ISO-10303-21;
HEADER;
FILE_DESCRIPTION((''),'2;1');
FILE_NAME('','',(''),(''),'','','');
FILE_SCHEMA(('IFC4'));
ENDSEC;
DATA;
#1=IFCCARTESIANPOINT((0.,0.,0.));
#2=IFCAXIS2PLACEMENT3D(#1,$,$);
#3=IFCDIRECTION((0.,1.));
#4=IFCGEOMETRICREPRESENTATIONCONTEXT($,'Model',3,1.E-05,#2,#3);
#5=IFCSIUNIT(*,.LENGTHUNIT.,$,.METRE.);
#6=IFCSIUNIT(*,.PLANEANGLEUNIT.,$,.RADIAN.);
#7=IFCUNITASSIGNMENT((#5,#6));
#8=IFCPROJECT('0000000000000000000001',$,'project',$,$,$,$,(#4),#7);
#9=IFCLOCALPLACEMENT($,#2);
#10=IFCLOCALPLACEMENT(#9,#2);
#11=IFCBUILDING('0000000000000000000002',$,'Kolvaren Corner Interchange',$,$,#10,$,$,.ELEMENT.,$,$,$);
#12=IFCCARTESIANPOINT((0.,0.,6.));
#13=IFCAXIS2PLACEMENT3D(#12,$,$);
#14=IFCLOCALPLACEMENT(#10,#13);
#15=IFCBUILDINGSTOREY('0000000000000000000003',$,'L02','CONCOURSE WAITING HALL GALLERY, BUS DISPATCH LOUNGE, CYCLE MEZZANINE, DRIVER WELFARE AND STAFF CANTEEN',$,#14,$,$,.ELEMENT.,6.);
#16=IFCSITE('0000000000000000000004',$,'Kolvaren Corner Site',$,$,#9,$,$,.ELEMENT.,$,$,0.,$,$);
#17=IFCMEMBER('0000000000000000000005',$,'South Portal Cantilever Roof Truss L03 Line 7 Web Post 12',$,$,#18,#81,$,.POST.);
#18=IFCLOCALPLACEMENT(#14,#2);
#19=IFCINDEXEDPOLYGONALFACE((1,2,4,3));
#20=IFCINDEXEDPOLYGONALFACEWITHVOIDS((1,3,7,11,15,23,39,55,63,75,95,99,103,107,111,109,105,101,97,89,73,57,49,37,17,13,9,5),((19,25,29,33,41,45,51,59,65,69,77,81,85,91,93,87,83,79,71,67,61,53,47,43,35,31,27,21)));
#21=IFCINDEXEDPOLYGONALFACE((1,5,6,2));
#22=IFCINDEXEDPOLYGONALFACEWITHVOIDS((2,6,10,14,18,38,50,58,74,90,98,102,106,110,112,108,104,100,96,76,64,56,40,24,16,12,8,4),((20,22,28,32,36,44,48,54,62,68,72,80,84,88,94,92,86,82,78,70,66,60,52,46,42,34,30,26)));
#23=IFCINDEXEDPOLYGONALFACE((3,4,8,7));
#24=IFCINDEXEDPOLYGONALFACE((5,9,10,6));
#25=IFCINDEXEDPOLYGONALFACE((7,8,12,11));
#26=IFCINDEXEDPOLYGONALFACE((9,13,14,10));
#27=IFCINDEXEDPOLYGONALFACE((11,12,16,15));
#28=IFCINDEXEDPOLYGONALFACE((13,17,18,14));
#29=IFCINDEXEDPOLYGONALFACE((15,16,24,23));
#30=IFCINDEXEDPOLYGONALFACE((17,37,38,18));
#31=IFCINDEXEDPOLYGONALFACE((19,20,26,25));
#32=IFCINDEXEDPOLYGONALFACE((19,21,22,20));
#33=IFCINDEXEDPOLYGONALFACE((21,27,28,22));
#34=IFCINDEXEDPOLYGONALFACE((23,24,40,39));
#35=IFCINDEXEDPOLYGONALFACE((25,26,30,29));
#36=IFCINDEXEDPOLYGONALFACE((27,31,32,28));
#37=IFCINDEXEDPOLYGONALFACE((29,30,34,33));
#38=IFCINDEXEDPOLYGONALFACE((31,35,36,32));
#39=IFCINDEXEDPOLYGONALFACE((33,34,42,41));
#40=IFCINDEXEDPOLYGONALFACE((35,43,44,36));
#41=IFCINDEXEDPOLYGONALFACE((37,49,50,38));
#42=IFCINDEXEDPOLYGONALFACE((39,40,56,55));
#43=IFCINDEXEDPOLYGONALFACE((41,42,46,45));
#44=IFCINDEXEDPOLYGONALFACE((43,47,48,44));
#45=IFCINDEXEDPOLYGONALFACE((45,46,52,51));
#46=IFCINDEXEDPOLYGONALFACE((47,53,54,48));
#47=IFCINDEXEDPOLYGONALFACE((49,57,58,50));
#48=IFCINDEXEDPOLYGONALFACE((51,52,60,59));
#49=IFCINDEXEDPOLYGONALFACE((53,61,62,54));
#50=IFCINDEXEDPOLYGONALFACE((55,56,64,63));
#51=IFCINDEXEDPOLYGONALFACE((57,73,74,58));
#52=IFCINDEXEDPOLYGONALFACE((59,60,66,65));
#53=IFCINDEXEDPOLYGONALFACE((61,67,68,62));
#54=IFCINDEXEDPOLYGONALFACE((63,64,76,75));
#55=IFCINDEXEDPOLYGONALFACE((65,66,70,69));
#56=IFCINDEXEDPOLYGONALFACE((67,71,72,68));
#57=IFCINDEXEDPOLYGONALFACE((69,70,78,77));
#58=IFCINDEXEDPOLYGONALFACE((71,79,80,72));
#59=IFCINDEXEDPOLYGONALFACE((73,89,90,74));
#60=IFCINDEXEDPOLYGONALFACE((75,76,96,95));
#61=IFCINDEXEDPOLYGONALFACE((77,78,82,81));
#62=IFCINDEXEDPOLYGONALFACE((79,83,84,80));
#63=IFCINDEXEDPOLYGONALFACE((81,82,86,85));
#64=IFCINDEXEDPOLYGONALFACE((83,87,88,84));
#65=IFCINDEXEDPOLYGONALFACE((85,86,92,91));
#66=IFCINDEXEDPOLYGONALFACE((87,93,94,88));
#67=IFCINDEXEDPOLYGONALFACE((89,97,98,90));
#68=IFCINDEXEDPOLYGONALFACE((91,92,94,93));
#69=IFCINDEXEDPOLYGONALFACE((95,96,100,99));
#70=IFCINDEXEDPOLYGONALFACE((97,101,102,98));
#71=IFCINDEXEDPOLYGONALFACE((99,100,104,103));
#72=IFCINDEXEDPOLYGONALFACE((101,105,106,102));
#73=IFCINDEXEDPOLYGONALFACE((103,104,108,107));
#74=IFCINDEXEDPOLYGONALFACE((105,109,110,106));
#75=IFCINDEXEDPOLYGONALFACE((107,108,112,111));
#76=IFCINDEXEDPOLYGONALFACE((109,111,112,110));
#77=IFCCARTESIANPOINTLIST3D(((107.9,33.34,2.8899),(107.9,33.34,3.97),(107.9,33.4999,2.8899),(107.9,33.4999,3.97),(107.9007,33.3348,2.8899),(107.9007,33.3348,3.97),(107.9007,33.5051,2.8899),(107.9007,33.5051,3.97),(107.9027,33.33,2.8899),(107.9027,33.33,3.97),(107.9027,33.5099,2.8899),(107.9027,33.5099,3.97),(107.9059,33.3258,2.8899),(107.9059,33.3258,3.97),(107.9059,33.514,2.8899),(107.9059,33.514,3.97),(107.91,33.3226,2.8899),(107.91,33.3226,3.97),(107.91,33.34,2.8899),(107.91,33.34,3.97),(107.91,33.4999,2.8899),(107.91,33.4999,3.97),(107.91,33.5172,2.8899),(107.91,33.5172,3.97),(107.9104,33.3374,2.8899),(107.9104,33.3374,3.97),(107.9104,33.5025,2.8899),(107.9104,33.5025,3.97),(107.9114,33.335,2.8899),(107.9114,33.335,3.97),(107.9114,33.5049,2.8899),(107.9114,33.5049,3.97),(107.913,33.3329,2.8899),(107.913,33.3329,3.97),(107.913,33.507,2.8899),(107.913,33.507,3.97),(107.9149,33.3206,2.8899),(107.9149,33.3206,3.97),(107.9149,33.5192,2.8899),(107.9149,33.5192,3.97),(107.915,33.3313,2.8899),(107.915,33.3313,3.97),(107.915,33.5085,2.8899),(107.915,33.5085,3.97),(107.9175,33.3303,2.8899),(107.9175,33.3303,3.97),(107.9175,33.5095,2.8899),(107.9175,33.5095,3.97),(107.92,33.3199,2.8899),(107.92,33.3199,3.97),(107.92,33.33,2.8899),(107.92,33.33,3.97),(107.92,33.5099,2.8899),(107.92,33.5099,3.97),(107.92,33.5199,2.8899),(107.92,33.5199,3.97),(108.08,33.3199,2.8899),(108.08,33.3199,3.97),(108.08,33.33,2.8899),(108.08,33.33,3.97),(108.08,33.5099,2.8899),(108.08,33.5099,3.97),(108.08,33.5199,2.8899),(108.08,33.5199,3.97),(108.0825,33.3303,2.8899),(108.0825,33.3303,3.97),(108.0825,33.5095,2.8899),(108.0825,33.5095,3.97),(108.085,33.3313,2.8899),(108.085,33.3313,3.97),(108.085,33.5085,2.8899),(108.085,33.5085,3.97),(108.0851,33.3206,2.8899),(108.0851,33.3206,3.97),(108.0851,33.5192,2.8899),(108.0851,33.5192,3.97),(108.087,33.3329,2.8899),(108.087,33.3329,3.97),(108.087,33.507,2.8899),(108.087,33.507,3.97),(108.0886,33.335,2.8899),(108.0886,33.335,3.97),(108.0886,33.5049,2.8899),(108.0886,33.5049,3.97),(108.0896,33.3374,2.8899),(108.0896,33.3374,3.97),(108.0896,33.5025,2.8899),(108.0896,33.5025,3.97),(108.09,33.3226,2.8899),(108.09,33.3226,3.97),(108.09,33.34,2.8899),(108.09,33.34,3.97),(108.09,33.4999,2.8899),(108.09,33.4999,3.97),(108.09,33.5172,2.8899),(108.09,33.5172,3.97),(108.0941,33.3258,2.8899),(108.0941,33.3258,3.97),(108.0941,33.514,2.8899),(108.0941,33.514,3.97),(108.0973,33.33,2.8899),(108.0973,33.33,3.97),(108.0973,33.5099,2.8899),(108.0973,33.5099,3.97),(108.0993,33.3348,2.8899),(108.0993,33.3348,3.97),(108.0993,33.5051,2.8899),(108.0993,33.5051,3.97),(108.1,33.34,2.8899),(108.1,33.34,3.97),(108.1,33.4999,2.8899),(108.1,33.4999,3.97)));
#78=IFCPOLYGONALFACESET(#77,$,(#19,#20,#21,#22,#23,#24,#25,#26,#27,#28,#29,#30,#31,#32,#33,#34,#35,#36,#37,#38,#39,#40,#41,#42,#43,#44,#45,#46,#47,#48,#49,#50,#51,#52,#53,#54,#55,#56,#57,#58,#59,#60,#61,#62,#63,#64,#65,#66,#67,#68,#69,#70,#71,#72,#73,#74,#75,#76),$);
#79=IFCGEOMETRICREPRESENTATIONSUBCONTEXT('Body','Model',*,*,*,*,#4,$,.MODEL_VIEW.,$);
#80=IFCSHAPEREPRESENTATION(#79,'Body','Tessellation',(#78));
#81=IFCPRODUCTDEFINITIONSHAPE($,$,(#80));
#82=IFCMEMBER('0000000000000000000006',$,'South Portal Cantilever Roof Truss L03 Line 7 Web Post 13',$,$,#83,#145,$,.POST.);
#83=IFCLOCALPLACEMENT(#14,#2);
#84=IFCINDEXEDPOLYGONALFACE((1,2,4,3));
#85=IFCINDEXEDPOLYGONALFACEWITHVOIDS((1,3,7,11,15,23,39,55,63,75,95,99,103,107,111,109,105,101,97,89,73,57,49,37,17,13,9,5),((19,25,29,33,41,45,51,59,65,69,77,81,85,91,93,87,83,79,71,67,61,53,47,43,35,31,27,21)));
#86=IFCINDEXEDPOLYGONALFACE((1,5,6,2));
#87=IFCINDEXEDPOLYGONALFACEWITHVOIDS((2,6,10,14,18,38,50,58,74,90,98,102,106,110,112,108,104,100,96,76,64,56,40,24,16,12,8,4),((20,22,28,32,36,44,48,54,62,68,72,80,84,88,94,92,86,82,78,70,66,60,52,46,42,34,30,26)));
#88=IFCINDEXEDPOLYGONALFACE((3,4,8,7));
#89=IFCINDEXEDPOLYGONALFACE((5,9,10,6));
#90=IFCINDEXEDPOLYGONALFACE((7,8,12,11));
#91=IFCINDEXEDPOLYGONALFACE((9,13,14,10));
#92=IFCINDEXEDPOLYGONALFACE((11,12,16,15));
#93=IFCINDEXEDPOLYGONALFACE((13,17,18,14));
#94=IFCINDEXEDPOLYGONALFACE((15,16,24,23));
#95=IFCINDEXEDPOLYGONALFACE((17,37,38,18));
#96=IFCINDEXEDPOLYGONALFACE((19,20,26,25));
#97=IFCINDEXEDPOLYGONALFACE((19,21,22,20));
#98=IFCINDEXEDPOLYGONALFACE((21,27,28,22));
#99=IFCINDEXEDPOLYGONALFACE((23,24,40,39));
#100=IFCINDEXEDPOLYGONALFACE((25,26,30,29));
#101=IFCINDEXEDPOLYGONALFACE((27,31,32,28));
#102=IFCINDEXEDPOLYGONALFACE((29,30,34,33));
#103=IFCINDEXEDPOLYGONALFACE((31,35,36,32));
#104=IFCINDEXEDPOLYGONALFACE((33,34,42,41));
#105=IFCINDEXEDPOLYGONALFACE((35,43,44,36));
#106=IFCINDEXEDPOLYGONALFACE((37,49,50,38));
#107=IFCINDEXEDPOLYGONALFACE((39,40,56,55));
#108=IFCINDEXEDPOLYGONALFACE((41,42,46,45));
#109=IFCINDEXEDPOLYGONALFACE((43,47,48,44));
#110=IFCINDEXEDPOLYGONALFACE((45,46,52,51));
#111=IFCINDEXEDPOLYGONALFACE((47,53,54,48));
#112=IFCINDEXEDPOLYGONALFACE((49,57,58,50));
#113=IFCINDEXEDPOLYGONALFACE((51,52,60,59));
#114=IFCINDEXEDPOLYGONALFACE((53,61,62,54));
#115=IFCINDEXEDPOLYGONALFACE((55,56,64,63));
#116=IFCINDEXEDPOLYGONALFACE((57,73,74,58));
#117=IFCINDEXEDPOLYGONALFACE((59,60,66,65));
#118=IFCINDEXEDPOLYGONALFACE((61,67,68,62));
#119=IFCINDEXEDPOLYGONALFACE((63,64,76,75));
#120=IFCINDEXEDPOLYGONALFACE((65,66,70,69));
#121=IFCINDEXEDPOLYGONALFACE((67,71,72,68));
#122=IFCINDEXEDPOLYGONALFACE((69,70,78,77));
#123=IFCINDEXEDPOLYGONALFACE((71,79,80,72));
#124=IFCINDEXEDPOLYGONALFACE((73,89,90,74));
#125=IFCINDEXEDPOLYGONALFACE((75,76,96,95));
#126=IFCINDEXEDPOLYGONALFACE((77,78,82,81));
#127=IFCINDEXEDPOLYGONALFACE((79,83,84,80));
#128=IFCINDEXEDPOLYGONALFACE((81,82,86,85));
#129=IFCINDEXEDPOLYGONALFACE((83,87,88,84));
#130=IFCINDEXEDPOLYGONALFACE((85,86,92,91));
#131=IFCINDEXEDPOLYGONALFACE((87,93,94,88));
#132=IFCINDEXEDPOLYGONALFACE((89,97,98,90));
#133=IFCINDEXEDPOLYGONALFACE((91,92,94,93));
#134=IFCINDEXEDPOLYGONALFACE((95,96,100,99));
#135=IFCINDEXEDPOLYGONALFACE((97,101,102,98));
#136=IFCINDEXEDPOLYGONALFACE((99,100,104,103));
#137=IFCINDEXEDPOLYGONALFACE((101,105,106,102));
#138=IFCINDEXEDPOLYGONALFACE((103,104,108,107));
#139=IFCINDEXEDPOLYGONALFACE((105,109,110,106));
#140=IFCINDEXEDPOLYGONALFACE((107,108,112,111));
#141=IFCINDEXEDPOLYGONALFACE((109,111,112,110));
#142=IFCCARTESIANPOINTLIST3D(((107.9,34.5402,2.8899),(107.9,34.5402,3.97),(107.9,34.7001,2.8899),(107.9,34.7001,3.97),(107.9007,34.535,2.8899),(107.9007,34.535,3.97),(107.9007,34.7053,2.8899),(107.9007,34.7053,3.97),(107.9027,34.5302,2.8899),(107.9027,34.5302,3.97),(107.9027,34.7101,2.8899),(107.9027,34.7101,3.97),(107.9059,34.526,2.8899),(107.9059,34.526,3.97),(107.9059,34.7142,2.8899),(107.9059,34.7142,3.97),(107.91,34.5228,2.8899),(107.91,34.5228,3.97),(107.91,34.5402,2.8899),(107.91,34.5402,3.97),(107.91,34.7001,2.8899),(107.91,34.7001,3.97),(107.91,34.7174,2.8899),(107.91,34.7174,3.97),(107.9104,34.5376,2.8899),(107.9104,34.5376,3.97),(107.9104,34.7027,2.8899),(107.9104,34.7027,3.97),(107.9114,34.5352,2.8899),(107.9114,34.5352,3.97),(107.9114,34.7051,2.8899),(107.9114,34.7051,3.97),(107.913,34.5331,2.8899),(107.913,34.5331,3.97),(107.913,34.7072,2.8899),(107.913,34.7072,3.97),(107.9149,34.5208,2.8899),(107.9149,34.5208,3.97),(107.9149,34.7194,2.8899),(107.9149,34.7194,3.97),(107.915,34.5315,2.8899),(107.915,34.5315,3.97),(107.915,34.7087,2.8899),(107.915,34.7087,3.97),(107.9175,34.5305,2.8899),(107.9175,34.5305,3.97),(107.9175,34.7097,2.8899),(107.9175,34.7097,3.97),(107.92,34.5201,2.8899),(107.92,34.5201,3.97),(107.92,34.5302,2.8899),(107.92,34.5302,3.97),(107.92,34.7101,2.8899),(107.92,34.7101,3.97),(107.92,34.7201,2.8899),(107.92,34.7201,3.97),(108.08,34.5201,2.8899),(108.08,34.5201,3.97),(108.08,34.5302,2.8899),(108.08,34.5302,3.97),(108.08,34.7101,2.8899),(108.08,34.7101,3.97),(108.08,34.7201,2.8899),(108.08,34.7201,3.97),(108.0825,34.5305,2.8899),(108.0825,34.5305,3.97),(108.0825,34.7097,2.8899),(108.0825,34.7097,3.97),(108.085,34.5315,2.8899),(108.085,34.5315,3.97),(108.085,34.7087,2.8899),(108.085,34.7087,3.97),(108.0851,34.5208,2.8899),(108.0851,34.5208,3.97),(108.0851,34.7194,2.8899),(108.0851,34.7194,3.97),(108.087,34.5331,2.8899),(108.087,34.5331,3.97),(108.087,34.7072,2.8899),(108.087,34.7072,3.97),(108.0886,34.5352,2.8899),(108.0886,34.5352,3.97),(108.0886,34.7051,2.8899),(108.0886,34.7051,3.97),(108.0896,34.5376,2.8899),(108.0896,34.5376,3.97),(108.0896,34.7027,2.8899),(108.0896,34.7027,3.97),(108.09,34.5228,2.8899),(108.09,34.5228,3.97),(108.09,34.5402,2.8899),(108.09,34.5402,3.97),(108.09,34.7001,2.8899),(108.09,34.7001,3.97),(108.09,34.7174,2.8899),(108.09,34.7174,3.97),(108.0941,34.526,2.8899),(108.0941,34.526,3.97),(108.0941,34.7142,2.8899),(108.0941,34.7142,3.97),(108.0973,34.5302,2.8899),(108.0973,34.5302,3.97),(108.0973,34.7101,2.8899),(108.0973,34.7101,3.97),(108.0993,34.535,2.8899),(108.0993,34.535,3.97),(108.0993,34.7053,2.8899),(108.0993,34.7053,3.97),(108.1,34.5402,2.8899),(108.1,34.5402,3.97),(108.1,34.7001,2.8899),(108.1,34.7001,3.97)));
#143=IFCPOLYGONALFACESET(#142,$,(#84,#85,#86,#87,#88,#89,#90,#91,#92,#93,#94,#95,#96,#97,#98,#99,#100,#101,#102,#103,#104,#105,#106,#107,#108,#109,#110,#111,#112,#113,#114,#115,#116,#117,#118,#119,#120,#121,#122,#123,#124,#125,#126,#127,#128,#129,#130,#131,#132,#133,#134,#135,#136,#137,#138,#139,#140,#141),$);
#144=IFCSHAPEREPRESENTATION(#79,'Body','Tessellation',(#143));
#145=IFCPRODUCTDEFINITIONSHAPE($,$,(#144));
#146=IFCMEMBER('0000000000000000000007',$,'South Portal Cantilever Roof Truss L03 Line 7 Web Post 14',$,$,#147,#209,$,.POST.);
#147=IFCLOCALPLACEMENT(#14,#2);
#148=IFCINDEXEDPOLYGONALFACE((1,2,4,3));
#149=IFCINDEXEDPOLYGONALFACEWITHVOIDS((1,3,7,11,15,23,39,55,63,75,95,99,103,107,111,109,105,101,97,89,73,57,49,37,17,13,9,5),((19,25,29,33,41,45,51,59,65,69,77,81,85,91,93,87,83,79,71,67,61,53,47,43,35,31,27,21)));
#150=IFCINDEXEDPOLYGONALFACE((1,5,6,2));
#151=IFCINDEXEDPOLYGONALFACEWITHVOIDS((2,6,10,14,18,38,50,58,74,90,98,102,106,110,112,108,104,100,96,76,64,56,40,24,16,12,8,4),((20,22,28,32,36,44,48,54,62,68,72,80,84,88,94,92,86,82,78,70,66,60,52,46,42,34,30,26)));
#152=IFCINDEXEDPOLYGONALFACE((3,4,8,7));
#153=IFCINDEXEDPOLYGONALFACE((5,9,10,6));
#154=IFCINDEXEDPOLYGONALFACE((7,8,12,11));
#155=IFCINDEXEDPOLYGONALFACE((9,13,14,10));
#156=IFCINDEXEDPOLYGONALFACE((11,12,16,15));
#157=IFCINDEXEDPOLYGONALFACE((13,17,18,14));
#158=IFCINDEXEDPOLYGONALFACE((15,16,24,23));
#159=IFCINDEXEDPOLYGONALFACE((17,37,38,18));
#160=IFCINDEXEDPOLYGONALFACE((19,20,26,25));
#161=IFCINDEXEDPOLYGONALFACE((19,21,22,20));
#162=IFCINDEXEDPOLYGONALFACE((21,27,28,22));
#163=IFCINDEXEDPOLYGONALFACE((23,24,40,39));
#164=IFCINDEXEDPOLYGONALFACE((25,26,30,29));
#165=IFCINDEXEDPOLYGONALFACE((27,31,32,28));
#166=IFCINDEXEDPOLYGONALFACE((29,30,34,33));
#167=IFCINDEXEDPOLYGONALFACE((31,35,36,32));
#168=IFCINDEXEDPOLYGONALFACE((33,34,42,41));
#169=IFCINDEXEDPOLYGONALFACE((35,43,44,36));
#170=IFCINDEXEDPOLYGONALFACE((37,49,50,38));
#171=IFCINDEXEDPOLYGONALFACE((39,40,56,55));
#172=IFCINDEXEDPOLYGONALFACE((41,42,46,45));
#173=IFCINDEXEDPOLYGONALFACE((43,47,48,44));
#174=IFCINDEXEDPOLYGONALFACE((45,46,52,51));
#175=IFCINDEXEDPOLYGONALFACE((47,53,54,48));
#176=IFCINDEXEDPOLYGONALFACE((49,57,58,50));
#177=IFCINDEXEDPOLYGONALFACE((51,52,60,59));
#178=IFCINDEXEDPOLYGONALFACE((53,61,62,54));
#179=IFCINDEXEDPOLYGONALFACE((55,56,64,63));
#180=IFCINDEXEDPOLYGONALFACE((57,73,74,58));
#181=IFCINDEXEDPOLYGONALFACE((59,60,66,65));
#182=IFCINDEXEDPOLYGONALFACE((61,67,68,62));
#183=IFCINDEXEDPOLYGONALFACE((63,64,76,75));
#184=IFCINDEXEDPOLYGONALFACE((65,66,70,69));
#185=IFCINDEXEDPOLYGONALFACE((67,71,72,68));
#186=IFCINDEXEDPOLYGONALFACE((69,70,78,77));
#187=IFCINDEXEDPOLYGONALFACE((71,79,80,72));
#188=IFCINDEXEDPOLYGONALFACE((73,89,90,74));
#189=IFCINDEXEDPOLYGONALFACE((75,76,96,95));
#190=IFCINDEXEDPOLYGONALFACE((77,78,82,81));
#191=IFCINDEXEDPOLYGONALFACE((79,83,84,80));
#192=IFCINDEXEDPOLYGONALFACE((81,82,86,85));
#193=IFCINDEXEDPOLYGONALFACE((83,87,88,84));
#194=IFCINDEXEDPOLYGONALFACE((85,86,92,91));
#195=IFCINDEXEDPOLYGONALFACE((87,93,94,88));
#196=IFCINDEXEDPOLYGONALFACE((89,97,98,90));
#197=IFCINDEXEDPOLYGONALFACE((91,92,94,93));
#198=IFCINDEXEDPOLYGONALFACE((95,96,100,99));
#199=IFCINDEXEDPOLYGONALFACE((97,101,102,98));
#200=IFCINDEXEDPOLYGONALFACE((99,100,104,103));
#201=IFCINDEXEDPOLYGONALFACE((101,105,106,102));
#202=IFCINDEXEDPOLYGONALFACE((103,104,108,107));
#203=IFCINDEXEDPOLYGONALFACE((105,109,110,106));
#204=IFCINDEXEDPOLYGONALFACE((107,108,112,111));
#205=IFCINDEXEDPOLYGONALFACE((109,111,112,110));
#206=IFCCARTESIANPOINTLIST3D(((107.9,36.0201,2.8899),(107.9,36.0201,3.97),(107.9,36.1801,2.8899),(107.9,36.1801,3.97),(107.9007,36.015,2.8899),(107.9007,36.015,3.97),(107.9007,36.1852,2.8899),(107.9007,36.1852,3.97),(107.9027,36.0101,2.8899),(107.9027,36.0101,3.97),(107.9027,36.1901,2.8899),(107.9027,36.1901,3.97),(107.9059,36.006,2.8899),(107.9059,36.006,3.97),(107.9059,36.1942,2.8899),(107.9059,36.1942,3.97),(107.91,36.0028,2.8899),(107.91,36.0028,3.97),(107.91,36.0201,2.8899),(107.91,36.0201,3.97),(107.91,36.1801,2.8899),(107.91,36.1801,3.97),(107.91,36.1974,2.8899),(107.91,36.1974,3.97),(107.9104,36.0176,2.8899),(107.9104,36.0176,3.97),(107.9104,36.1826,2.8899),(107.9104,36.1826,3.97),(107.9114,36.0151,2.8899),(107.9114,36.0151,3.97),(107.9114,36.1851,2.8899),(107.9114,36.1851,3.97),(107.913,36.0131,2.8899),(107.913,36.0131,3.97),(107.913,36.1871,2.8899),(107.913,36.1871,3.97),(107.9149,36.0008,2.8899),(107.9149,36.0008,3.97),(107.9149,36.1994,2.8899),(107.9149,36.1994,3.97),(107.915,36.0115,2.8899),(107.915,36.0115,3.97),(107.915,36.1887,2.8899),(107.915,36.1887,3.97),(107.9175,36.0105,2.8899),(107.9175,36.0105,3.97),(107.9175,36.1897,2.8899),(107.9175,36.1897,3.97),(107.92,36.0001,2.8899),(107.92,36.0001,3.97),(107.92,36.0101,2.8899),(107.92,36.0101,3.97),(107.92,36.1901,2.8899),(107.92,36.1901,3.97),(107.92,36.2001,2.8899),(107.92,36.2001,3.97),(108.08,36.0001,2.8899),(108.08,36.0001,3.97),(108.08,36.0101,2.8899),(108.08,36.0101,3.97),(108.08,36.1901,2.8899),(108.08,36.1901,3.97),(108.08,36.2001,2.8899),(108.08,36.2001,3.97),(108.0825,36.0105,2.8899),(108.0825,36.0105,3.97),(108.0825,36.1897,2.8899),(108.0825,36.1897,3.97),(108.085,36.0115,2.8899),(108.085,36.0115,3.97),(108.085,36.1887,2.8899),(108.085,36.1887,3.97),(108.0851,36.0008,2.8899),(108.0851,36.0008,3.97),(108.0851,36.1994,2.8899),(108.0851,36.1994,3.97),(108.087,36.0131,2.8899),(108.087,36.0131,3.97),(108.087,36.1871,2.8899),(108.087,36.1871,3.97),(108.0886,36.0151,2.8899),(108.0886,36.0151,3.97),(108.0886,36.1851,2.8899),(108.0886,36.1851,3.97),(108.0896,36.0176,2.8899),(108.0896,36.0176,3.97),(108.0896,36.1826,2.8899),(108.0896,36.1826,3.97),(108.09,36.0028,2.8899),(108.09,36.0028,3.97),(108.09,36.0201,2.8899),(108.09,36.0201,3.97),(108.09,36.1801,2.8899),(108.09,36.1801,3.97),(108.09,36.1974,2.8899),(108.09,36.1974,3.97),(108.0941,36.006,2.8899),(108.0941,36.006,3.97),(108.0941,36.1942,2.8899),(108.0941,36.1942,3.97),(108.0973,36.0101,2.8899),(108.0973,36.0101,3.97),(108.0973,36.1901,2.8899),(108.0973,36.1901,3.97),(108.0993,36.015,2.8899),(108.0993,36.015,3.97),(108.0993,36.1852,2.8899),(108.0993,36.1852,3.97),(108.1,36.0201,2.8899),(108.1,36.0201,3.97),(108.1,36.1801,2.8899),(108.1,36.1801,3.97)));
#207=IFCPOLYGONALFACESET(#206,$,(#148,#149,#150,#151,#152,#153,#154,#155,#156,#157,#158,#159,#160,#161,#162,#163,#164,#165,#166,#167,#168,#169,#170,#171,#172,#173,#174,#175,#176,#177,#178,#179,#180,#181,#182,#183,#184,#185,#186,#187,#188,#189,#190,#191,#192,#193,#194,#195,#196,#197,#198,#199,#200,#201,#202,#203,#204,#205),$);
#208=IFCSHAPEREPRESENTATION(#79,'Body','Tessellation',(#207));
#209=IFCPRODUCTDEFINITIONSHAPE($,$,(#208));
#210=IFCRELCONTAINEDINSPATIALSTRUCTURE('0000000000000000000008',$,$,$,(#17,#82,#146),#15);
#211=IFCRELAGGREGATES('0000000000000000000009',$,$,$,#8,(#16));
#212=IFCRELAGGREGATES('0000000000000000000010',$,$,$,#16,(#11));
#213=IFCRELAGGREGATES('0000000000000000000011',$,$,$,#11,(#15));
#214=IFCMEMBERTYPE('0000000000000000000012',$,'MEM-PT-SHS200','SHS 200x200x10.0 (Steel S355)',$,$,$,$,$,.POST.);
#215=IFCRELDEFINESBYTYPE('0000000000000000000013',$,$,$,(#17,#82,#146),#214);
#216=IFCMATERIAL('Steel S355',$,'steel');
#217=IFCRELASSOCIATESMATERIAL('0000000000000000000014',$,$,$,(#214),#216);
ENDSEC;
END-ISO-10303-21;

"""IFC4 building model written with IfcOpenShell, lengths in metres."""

from ifc_helpers import new_model, si_unit, direction, frame, origin, origin_2d, place, context, subcontext, project, spatial, hollow_rectangle, extrude, material, material_profile, profile_set, type_object, element, save


model = new_model("IFC4")

# Units and contexts
model_context = context("Model", 3, precision=1e-05, world=origin(), true_north=direction((0.0, 1.0)))
body_context = subcontext(model_context, "Body", "Model", "MODEL_VIEW")
ifc_project = project(units=[si_unit("LENGTHUNIT", "METRE"), si_unit("PLANEANGLEUNIT", "RADIAN")], contexts=[model_context])

# Site, building, storey
site_placement = place(None, origin())
site = spatial("IfcSite", under=ifc_project, at=site_placement, Name="Kolvaren Corner Site", CompositionType="ELEMENT", RefElevation=0.0)
building_placement = place(site_placement, origin())
building = spatial("IfcBuilding", under=site, at=building_placement, Name="Kolvaren Corner Interchange", CompositionType="ELEMENT")
storey_placement = place(building_placement, frame((0.0, 0.0, 6.0)))
storey = spatial("IfcBuildingStorey", under=building, at=storey_placement, Name="L02", Description="CONCOURSE WAITING HALL GALLERY, BUS DISPATCH LOUNGE, CYCLE MEZZANINE, DRIVER WELFARE AND STAFF CANTEEN", CompositionType="ELEMENT", Elevation=6.0)

# Members
ifc_material_1 = material(Name="Steel S355", Category="steel")
ifc_material_profile_1 = material_profile(ifc_material_1, hollow_rectangle(XDim=0.2, YDim=0.2, WallThickness=0.01, InnerFilletRadius=0.01, OuterFilletRadius=0.02, at=origin_2d()), Name="SHS 200x200x10.0")
ifc_profile_set_1 = profile_set([ifc_material_profile_1], Name="Steel S355")
member_type_1 = type_object("IfcMemberType", Name="MEM-PT-SHS200", Description="SHS 200x200x10.0 (Steel S355)", PredefinedType="POST", material=ifc_profile_set_1)
for number, where, z_axis, x_axis, name in (
    (1, (108.0, 33.4199, 2.8899), (0.0, 0.0, 1.0), (1.0, 0.0, 0.0), "South Portal Cantilever Roof Truss L03 Line 7 Web Post 12"),
    (2, (108.0, 34.6201, 2.8899), (0.0, 0.0, 1.0), (1.0, 0.0, 0.0), "South Portal Cantilever Roof Truss L03 Line 7 Web Post 13"),
    (3, (108.0, 36.1001, 2.8899), (0.0, 0.0, 1.0), (1.0, 0.0, 0.0), "South Portal Cantilever Roof Truss L03 Line 7 Web Post 14"),
):
    element("IfcMember", number, at=place(storey_placement, frame(where, z_axis=z_axis, x_axis=x_axis)), inside=storey, type_object=member_type_1, Name=name, PredefinedType="POST", context=body_context, shape_type="SweptSolid", body=[
        extrude(hollow_rectangle(XDim=0.2, YDim=0.2, WallThickness=0.01, InnerFilletRadius=0.01, OuterFilletRadius=0.02, at=origin_2d()), origin(), (0.0, 0.0, 1.0), 1.0801),
    ])

save(model, "model.ifc")
